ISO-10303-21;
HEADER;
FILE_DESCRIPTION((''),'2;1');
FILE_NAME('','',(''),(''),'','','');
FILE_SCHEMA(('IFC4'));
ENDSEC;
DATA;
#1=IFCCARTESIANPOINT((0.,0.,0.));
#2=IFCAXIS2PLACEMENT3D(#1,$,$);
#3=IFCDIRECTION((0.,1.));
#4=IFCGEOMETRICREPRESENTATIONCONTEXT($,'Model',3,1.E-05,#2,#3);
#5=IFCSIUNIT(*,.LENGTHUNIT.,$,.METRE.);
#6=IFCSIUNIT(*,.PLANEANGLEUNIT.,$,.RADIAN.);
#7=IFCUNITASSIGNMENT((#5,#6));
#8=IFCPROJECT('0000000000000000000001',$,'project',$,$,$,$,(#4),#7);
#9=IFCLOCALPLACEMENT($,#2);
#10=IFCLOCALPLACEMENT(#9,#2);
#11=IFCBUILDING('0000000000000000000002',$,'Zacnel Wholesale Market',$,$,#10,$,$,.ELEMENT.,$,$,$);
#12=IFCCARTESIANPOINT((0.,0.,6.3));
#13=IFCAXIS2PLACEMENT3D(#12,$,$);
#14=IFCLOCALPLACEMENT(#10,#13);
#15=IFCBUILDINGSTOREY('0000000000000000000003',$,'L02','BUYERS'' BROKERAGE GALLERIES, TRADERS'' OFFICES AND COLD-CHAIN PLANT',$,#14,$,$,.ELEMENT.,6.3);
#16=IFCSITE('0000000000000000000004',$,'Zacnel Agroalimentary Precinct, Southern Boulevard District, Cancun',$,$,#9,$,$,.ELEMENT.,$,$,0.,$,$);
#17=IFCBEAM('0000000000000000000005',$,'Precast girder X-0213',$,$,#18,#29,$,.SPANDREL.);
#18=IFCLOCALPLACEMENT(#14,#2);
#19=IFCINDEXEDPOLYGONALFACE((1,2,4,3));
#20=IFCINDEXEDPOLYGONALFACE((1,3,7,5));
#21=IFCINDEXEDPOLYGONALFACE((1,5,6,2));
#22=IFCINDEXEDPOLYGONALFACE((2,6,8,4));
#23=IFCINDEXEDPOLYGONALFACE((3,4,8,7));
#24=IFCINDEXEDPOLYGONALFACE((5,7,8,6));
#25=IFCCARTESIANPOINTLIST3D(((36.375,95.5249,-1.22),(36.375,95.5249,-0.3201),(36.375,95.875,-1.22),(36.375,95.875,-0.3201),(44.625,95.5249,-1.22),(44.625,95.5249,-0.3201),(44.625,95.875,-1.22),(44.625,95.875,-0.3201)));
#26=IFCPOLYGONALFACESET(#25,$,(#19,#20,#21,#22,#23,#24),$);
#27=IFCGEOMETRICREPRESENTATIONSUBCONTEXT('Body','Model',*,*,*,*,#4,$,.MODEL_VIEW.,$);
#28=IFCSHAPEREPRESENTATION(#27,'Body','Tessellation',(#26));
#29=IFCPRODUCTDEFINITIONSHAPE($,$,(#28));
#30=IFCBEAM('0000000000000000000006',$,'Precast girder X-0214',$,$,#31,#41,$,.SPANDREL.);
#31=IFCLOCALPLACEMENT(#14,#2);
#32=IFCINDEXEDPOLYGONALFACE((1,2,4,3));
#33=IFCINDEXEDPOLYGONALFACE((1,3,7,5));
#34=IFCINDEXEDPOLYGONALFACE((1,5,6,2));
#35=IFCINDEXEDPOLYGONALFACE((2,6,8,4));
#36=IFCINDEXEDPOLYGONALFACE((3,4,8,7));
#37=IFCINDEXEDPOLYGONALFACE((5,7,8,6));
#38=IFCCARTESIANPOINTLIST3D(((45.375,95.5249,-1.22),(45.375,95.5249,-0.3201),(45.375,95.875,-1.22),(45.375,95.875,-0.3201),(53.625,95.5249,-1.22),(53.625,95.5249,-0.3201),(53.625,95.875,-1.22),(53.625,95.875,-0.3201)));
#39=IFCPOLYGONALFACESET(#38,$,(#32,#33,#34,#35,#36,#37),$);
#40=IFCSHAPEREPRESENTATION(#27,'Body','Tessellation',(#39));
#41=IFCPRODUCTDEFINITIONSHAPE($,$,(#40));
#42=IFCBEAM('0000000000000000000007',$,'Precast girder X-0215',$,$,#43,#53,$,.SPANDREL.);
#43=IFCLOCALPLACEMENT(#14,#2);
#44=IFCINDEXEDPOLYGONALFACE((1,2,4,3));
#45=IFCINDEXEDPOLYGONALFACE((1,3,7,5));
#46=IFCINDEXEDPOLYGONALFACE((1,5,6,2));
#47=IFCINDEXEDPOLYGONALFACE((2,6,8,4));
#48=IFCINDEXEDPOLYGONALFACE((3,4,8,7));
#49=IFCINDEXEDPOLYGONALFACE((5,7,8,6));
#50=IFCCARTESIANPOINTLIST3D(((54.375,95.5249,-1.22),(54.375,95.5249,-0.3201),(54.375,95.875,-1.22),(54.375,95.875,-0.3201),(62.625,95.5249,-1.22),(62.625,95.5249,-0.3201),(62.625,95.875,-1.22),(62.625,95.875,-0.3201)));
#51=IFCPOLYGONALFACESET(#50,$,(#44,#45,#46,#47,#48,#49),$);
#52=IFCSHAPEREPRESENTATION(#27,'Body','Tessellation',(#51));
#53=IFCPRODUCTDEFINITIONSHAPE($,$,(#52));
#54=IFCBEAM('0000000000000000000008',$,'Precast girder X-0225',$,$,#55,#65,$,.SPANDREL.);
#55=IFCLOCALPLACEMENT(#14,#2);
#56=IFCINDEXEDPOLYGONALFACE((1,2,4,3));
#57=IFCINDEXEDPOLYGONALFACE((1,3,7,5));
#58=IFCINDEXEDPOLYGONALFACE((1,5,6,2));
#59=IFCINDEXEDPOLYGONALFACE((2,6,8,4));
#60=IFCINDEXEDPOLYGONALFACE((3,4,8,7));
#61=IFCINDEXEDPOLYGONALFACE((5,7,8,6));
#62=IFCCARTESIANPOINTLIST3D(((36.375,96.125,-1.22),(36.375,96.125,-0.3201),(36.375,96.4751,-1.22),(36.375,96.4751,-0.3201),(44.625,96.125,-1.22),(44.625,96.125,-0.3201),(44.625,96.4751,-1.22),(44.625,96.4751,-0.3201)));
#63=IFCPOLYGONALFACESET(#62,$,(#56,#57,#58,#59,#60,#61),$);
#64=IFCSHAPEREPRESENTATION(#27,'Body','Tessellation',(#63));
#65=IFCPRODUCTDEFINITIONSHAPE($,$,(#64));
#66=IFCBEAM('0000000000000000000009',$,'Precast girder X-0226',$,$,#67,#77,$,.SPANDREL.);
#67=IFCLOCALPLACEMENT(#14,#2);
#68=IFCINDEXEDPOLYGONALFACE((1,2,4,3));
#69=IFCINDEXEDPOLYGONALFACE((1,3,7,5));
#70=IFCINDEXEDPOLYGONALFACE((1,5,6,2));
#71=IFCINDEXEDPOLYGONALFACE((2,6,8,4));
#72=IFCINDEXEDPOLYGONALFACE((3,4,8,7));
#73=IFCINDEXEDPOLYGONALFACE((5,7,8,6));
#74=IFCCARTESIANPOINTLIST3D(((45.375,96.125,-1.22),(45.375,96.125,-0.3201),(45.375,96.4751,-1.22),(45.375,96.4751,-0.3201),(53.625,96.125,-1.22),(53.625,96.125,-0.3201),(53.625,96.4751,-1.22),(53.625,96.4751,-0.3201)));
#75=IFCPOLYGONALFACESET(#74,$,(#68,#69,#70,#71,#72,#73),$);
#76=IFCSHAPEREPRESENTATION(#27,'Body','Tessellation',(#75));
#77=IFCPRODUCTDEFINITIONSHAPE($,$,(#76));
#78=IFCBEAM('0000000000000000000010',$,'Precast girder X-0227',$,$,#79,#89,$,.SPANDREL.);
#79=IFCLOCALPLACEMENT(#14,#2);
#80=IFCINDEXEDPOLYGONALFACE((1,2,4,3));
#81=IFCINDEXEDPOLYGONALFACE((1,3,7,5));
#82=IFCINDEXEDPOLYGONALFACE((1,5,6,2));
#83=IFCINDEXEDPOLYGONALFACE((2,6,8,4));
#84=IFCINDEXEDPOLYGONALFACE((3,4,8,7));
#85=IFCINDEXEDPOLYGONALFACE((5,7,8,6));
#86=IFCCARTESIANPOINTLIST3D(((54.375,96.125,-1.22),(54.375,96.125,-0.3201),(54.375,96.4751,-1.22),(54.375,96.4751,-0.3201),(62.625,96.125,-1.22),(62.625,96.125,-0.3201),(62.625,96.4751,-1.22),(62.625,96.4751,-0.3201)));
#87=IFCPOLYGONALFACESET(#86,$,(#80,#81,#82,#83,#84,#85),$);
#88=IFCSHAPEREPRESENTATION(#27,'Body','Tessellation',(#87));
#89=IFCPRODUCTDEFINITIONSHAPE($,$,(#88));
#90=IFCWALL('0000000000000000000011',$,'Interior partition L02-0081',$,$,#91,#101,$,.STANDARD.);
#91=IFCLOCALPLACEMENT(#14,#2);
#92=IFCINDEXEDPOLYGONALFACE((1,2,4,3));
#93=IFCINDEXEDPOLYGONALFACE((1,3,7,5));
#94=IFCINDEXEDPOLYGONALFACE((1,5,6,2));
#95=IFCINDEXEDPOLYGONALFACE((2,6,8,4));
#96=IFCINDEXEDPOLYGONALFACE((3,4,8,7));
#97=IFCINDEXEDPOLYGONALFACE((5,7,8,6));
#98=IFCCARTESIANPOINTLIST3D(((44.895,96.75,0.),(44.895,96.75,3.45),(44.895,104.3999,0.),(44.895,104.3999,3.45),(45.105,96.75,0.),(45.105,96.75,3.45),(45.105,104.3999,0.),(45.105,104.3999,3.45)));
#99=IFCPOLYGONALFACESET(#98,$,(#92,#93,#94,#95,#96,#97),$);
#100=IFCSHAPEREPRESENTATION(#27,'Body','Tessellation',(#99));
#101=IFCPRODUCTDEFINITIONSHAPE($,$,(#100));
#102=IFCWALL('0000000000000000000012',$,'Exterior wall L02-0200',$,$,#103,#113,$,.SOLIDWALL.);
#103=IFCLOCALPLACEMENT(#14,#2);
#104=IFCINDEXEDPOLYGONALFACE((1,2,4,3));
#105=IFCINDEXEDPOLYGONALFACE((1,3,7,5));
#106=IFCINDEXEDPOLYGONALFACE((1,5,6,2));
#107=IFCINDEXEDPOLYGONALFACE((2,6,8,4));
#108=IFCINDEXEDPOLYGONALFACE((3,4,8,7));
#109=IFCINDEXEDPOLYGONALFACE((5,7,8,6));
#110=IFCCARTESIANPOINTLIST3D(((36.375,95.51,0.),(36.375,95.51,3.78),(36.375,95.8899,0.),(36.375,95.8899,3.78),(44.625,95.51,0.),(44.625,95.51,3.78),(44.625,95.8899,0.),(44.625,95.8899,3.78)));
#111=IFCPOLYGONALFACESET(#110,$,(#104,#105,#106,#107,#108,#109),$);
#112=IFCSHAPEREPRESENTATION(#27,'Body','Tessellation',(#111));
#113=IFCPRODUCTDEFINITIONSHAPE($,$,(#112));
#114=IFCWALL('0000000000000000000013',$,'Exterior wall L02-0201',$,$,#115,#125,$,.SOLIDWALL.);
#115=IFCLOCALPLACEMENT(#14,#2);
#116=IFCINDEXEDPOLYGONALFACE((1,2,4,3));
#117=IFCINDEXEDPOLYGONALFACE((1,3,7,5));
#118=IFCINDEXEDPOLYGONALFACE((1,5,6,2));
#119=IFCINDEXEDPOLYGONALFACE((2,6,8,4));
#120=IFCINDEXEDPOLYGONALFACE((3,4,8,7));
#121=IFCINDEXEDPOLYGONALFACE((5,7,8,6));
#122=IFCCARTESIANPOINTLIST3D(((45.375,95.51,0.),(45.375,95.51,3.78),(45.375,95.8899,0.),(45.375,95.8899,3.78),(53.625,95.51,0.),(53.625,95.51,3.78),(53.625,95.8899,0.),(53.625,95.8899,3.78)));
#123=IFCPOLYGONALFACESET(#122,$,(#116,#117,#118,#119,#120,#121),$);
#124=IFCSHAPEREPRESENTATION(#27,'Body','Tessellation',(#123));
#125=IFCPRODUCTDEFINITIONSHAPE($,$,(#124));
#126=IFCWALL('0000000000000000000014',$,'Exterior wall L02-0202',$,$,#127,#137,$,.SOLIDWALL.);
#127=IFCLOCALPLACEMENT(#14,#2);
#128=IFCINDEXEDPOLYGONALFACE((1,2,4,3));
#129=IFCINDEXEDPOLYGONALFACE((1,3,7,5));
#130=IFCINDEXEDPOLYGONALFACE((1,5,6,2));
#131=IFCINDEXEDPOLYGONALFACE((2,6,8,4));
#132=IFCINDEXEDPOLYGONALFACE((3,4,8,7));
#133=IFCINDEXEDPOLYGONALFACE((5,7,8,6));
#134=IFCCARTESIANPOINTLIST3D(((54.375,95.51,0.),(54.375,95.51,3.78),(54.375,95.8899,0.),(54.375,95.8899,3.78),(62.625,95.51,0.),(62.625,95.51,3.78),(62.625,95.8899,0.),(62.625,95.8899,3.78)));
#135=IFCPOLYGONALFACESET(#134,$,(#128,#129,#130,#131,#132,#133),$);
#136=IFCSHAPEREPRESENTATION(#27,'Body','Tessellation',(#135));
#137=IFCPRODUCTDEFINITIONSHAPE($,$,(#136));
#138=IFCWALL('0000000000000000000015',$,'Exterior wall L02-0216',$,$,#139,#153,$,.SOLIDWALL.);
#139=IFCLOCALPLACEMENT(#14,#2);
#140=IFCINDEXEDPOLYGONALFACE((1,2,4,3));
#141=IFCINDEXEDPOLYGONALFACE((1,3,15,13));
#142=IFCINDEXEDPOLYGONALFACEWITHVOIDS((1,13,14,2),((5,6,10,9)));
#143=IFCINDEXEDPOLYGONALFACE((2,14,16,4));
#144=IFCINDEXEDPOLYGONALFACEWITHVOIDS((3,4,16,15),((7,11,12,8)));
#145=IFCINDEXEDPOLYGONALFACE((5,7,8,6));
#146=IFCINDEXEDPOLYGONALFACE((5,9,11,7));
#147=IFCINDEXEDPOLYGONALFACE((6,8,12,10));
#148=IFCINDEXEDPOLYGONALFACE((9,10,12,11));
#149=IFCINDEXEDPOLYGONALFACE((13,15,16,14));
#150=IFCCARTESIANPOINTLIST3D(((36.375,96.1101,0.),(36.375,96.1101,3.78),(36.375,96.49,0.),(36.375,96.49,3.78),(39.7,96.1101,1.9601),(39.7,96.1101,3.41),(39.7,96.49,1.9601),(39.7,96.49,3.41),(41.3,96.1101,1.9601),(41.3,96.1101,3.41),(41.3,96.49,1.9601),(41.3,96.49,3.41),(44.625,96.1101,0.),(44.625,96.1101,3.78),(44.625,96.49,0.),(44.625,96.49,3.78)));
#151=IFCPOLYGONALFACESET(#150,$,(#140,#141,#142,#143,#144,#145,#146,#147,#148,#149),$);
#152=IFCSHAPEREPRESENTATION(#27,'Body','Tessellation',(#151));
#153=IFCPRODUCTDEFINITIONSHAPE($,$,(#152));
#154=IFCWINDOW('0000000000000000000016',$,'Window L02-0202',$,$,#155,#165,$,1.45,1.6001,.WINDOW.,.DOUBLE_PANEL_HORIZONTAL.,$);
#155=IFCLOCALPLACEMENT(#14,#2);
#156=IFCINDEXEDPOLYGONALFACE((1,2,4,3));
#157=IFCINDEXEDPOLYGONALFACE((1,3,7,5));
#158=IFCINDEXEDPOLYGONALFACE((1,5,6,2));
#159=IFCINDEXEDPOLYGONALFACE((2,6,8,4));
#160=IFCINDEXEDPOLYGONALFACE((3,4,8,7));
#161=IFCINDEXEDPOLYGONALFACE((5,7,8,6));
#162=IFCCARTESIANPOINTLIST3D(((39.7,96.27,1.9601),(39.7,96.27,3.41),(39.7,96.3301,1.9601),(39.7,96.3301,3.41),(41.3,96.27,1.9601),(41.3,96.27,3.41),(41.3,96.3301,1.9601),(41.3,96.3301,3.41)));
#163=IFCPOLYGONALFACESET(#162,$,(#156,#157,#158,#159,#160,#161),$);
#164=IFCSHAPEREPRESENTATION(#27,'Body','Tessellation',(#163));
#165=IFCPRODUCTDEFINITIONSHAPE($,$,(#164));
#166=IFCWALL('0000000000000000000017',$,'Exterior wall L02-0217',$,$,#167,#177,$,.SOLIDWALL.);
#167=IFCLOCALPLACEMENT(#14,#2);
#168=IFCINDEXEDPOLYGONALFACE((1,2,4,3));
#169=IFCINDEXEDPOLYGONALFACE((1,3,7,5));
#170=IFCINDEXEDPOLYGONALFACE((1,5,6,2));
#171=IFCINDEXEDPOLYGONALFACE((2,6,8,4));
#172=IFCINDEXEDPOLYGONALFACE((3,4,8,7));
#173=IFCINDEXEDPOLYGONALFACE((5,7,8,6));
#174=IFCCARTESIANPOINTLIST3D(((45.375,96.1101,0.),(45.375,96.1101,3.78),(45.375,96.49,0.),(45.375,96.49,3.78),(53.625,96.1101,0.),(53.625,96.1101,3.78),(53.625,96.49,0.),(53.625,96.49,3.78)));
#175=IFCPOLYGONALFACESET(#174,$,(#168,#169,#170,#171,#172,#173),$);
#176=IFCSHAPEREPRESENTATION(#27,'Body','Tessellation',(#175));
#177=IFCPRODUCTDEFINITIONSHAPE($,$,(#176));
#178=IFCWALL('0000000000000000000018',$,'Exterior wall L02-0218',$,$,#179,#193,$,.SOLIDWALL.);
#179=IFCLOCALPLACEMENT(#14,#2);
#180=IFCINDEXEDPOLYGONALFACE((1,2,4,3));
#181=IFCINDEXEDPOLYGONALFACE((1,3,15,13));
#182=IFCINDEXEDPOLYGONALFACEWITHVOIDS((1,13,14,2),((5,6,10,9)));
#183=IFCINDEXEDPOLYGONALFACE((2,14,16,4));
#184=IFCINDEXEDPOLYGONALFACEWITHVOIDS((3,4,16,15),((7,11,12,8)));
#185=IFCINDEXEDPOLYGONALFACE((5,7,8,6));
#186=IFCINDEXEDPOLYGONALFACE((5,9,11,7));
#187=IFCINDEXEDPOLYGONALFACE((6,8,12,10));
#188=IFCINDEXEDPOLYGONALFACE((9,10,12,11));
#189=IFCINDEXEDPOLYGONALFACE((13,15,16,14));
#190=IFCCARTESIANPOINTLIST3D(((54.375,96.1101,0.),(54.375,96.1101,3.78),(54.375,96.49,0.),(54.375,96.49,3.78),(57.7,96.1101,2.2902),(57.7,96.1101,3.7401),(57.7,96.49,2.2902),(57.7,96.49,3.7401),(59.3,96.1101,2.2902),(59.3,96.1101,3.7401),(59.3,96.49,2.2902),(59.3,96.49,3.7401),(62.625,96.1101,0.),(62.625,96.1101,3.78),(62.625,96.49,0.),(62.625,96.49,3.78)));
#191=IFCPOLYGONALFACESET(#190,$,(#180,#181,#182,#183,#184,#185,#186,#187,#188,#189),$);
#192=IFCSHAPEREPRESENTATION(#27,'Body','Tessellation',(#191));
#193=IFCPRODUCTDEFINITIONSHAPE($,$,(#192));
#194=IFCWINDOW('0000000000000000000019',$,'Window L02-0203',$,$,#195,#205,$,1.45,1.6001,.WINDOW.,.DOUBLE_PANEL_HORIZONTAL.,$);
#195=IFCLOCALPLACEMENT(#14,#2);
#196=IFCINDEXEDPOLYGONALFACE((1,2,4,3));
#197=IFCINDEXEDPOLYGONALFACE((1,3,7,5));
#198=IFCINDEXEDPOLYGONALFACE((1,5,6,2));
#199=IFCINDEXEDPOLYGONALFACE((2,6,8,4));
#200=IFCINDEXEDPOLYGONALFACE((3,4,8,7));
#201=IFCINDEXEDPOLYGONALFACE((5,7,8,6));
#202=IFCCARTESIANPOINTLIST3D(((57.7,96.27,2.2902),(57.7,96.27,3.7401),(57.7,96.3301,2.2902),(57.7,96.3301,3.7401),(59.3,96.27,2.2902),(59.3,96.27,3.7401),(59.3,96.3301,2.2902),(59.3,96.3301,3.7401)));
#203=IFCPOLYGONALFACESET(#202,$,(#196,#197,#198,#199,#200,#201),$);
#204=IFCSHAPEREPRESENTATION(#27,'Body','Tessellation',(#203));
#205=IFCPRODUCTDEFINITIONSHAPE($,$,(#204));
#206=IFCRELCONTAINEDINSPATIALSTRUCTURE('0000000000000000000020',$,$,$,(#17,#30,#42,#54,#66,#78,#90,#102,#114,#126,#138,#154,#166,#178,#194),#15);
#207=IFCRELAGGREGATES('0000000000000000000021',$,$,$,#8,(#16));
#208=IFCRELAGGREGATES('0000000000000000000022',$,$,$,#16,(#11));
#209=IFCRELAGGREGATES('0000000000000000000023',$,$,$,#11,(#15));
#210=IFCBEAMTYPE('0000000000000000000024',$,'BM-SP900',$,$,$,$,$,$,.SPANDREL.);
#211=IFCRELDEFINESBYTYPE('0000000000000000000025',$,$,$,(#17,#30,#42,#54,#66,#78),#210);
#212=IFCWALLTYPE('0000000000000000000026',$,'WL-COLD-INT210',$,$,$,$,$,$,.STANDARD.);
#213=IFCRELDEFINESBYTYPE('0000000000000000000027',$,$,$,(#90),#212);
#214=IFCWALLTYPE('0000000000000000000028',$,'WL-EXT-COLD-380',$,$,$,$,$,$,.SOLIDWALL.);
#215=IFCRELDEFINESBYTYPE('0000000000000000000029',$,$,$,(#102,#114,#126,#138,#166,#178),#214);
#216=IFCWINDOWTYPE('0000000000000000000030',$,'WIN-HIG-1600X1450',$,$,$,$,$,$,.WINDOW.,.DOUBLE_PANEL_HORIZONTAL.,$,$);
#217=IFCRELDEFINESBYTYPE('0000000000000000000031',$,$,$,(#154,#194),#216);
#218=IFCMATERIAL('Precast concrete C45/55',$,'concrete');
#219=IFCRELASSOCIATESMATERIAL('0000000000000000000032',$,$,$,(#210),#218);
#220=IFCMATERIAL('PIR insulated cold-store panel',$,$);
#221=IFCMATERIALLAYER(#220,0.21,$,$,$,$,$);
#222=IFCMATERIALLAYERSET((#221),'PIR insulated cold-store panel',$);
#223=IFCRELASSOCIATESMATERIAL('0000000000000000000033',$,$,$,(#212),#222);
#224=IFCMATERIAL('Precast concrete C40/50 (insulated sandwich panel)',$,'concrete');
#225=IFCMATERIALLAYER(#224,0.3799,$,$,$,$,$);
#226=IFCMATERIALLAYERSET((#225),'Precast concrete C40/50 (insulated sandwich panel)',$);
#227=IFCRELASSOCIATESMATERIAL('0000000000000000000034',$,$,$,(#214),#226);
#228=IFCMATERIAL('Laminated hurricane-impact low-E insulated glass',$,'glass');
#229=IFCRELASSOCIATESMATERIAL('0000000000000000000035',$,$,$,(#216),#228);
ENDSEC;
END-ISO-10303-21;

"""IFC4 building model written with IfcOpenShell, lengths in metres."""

from ifc_helpers import new_model, si_unit, direction, frame, frame_2d, origin, origin_2d, place, context, subcontext, project, spatial, rectangle, extrude, material, layer, layer_set, material_profile, profile_set, type_object, element, fill, save


model = new_model("IFC4")

# Units and contexts
model_context = context("Model", 3, precision=1e-05, world=origin(), true_north=direction((0.0, 1.0)))
body_context = subcontext(model_context, "Body", "Model", "MODEL_VIEW")
ifc_project = project(units=[si_unit("LENGTHUNIT", "METRE"), si_unit("PLANEANGLEUNIT", "RADIAN")], contexts=[model_context])

# Site, building, storey
site_placement = place(None, origin())
site = spatial("IfcSite", under=ifc_project, at=site_placement, Name="Zacnel Agroalimentary Precinct, Southern Boulevard District, Cancun", CompositionType="ELEMENT", RefElevation=0.0)
building_placement = place(site_placement, origin())
building = spatial("IfcBuilding", under=site, at=building_placement, Name="Zacnel Wholesale Market", CompositionType="ELEMENT")
storey_placement = place(building_placement, frame((0.0, 0.0, 6.3)))
storey = spatial("IfcBuildingStorey", under=building, at=storey_placement, Name="L02", Description="BUYERS' BROKERAGE GALLERIES, TRADERS' OFFICES AND COLD-CHAIN PLANT", CompositionType="ELEMENT", Elevation=6.3)

# Beams
ifc_material_1 = material(Name="Precast concrete C45/55", Category="concrete")
ifc_material_profile_1 = material_profile(ifc_material_1, rectangle(XDim=0.3501, YDim=0.8999, at=origin_2d()), Name="SP 350x900")
ifc_profile_set_1 = profile_set([ifc_material_profile_1], Name="Precast concrete C45/55")
beam_type_1 = type_object("IfcBeamType", Name="BM-SP900", PredefinedType="SPANDREL", material=ifc_profile_set_1)
for number, where, z_axis, x_axis, name in (
    (1, (36.375, 95.7, -0.77), (1.0, 0.0, 0.0), (0.0, 1.0, 0.0), "Precast girder X-0213"),
    (2, (45.375, 95.7, -0.77), (1.0, 0.0, 0.0), (0.0, 1.0, 0.0), "Precast girder X-0214"),
    (3, (54.375, 95.7, -0.77), (1.0, 0.0, 0.0), (0.0, 1.0, 0.0), "Precast girder X-0215"),
    (4, (36.375, 96.3, -0.77), (1.0, 0.0, 0.0), (0.0, 1.0, 0.0), "Precast girder X-0225"),
    (5, (45.375, 96.3, -0.77), (1.0, 0.0, 0.0), (0.0, 1.0, 0.0), "Precast girder X-0226"),
    (6, (54.375, 96.3, -0.77), (1.0, 0.0, 0.0), (0.0, 1.0, 0.0), "Precast girder X-0227"),
):
    element("IfcBeam", number, at=place(storey_placement, frame(where, z_axis=z_axis, x_axis=x_axis)), inside=storey, type_object=beam_type_1, Name=name, PredefinedType="SPANDREL", context=body_context, shape_type="SweptSolid", body=[
        extrude(rectangle(XDim=0.3501, YDim=0.8999, at=origin_2d()), origin(), (0.0, 0.0, 1.0), 8.25),
    ])

# Walls
ifc_material_2 = material(Name="PIR insulated cold-store panel")
ifc_layer_1 = layer(ifc_material_2, 0.21)
ifc_layer_set_1 = layer_set([ifc_layer_1], Name="PIR insulated cold-store panel")
wall_type_1 = type_object("IfcWallType", Name="WL-COLD-INT210", PredefinedType="STANDARD", material=ifc_layer_set_1)
wall_1_placement = place(storey_placement, frame((45.0, 96.75, 0.0), z_axis=(0.0, 0.0, 1.0), x_axis=(0.0, 1.0, 0.0)))
element("IfcWall", 7, at=wall_1_placement, inside=storey, type_object=wall_type_1, Name="Interior partition L02-0081", PredefinedType="STANDARD", context=body_context, shape_type="SweptSolid", body=[
    extrude(rectangle(XDim=7.6499, YDim=0.21, at=frame_2d((3.825, 0.0))), origin(), (0.0, 0.0, 1.0), 3.45),
])
ifc_material_3 = material(Name="Precast concrete C40/50 (insulated sandwich panel)", Category="concrete")
ifc_layer_2 = layer(ifc_material_3, 0.3799)
ifc_layer_set_2 = layer_set([ifc_layer_2], Name="Precast concrete C40/50 (insulated sandwich panel)")
wall_type_2 = type_object("IfcWallType", Name="WL-EXT-COLD-380", PredefinedType="SOLIDWALL", material=ifc_layer_set_2)
for number, where, z_axis, x_axis, name in (
    (8, (36.375, 95.7, 0.0), (0.0, 0.0, 1.0), (1.0, 0.0, 0.0), "Exterior wall L02-0200"),
    (9, (45.375, 95.7, 0.0), (0.0, 0.0, 1.0), (1.0, 0.0, 0.0), "Exterior wall L02-0201"),
    (10, (54.375, 95.7, 0.0), (0.0, 0.0, 1.0), (1.0, 0.0, 0.0), "Exterior wall L02-0202"),
):
    element("IfcWall", number, at=place(storey_placement, frame(where, z_axis=z_axis, x_axis=x_axis)), inside=storey, type_object=wall_type_2, Name=name, PredefinedType="SOLIDWALL", context=body_context, shape_type="SweptSolid", body=[
        extrude(rectangle(XDim=8.25, YDim=0.3799, at=frame_2d((4.125, 0.0))), origin(), (0.0, 0.0, 1.0), 3.78),
    ])

# Wall, opening, window
wall_2_placement = place(storey_placement, frame((36.375, 96.3, 0.0), z_axis=(0.0, 0.0, 1.0), x_axis=(1.0, 0.0, 0.0)))
wall_2 = element("IfcWall", 11, at=wall_2_placement, inside=storey, type_object=wall_type_2, Name="Exterior wall L02-0216", PredefinedType="SOLIDWALL", context=body_context, shape_type="SweptSolid", body=[
    extrude(rectangle(XDim=8.25, YDim=0.3799, at=frame_2d((4.125, 0.0))), origin(), (0.0, 0.0, 1.0), 3.78),
])
opening_1_placement = place(wall_2_placement, frame((3.325, 0.0, 1.96)))
opening_1 = element("IfcOpeningElement", 12, at=opening_1_placement, cuts=wall_2, PredefinedType="OPENING", context=body_context, shape_type="SweptSolid", body=[
    extrude(rectangle(XDim=1.6001, YDim=1.45, at=frame_2d((0.8, 0.7251))), frame((0.0, 0.2, 0.0), z_axis=(0.0, -1.0, 0.0), x_axis=(1.0, 0.0, 0.0)), (0.0, 0.0, 1.0), 0.3999),
])
ifc_material_4 = material(Name="Laminated hurricane-impact low-E insulated glass", Category="glass")
window_type = type_object("IfcWindowType", Name="WIN-HIG-1600X1450", PartitioningType="DOUBLE_PANEL_HORIZONTAL", PredefinedType="WINDOW", material=ifc_material_4)
window_1_placement = place(opening_1_placement, origin())
window_1 = element("IfcWindow", 13, at=window_1_placement, inside=storey, type_object=window_type, Name="Window L02-0202", OverallHeight=1.45, OverallWidth=1.6001, PartitioningType="DOUBLE_PANEL_HORIZONTAL", PredefinedType="WINDOW", context=body_context, shape_type="SweptSolid", body=[
    extrude(rectangle(XDim=1.6001, YDim=1.45, at=frame_2d((0.8, 0.7251))), frame((0.0, 0.03, 0.0), z_axis=(0.0, -1.0, 0.0), x_axis=(1.0, 0.0, 0.0)), (0.0, 0.0, 1.0), 0.0601),
])
fill(opening_1, window_1)

# Wall
wall_3_placement = place(storey_placement, frame((45.375, 96.3, 0.0), z_axis=(0.0, 0.0, 1.0), x_axis=(1.0, 0.0, 0.0)))
element("IfcWall", 14, at=wall_3_placement, inside=storey, type_object=wall_type_2, Name="Exterior wall L02-0217", PredefinedType="SOLIDWALL", context=body_context, shape_type="SweptSolid", body=[
    extrude(rectangle(XDim=8.25, YDim=0.3799, at=frame_2d((4.125, 0.0))), origin(), (0.0, 0.0, 1.0), 3.78),
])

# Wall, opening, window
wall_4_placement = place(storey_placement, frame((54.375, 96.3, 0.0), z_axis=(0.0, 0.0, 1.0), x_axis=(1.0, 0.0, 0.0)))
wall_4 = element("IfcWall", 15, at=wall_4_placement, inside=storey, type_object=wall_type_2, Name="Exterior wall L02-0218", PredefinedType="SOLIDWALL", context=body_context, shape_type="SweptSolid", body=[
    extrude(rectangle(XDim=8.25, YDim=0.3799, at=frame_2d((4.125, 0.0))), origin(), (0.0, 0.0, 1.0), 3.78),
])
opening_2_placement = place(wall_4_placement, frame((3.325, 0.0, 2.29)))
opening_2 = element("IfcOpeningElement", 16, at=opening_2_placement, cuts=wall_4, PredefinedType="OPENING", context=body_context, shape_type="SweptSolid", body=[
    extrude(rectangle(XDim=1.6001, YDim=1.45, at=frame_2d((0.8, 0.7251))), frame((0.0, 0.2, 0.0), z_axis=(0.0, -1.0, 0.0), x_axis=(1.0, 0.0, 0.0)), (0.0, 0.0, 1.0), 0.3999),
])
window_2_placement = place(opening_2_placement, origin())
window_2 = element("IfcWindow", 17, at=window_2_placement, inside=storey, type_object=window_type, Name="Window L02-0203", OverallHeight=1.45, OverallWidth=1.6001, PartitioningType="DOUBLE_PANEL_HORIZONTAL", PredefinedType="WINDOW", context=body_context, shape_type="SweptSolid", body=[
    extrude(rectangle(XDim=1.6001, YDim=1.45, at=frame_2d((0.8, 0.7251))), frame((0.0, 0.03, 0.0), z_axis=(0.0, -1.0, 0.0), x_axis=(1.0, 0.0, 0.0)), (0.0, 0.0, 1.0), 0.0601),
])
fill(opening_2, window_2)

save(model, "model.ifc")
